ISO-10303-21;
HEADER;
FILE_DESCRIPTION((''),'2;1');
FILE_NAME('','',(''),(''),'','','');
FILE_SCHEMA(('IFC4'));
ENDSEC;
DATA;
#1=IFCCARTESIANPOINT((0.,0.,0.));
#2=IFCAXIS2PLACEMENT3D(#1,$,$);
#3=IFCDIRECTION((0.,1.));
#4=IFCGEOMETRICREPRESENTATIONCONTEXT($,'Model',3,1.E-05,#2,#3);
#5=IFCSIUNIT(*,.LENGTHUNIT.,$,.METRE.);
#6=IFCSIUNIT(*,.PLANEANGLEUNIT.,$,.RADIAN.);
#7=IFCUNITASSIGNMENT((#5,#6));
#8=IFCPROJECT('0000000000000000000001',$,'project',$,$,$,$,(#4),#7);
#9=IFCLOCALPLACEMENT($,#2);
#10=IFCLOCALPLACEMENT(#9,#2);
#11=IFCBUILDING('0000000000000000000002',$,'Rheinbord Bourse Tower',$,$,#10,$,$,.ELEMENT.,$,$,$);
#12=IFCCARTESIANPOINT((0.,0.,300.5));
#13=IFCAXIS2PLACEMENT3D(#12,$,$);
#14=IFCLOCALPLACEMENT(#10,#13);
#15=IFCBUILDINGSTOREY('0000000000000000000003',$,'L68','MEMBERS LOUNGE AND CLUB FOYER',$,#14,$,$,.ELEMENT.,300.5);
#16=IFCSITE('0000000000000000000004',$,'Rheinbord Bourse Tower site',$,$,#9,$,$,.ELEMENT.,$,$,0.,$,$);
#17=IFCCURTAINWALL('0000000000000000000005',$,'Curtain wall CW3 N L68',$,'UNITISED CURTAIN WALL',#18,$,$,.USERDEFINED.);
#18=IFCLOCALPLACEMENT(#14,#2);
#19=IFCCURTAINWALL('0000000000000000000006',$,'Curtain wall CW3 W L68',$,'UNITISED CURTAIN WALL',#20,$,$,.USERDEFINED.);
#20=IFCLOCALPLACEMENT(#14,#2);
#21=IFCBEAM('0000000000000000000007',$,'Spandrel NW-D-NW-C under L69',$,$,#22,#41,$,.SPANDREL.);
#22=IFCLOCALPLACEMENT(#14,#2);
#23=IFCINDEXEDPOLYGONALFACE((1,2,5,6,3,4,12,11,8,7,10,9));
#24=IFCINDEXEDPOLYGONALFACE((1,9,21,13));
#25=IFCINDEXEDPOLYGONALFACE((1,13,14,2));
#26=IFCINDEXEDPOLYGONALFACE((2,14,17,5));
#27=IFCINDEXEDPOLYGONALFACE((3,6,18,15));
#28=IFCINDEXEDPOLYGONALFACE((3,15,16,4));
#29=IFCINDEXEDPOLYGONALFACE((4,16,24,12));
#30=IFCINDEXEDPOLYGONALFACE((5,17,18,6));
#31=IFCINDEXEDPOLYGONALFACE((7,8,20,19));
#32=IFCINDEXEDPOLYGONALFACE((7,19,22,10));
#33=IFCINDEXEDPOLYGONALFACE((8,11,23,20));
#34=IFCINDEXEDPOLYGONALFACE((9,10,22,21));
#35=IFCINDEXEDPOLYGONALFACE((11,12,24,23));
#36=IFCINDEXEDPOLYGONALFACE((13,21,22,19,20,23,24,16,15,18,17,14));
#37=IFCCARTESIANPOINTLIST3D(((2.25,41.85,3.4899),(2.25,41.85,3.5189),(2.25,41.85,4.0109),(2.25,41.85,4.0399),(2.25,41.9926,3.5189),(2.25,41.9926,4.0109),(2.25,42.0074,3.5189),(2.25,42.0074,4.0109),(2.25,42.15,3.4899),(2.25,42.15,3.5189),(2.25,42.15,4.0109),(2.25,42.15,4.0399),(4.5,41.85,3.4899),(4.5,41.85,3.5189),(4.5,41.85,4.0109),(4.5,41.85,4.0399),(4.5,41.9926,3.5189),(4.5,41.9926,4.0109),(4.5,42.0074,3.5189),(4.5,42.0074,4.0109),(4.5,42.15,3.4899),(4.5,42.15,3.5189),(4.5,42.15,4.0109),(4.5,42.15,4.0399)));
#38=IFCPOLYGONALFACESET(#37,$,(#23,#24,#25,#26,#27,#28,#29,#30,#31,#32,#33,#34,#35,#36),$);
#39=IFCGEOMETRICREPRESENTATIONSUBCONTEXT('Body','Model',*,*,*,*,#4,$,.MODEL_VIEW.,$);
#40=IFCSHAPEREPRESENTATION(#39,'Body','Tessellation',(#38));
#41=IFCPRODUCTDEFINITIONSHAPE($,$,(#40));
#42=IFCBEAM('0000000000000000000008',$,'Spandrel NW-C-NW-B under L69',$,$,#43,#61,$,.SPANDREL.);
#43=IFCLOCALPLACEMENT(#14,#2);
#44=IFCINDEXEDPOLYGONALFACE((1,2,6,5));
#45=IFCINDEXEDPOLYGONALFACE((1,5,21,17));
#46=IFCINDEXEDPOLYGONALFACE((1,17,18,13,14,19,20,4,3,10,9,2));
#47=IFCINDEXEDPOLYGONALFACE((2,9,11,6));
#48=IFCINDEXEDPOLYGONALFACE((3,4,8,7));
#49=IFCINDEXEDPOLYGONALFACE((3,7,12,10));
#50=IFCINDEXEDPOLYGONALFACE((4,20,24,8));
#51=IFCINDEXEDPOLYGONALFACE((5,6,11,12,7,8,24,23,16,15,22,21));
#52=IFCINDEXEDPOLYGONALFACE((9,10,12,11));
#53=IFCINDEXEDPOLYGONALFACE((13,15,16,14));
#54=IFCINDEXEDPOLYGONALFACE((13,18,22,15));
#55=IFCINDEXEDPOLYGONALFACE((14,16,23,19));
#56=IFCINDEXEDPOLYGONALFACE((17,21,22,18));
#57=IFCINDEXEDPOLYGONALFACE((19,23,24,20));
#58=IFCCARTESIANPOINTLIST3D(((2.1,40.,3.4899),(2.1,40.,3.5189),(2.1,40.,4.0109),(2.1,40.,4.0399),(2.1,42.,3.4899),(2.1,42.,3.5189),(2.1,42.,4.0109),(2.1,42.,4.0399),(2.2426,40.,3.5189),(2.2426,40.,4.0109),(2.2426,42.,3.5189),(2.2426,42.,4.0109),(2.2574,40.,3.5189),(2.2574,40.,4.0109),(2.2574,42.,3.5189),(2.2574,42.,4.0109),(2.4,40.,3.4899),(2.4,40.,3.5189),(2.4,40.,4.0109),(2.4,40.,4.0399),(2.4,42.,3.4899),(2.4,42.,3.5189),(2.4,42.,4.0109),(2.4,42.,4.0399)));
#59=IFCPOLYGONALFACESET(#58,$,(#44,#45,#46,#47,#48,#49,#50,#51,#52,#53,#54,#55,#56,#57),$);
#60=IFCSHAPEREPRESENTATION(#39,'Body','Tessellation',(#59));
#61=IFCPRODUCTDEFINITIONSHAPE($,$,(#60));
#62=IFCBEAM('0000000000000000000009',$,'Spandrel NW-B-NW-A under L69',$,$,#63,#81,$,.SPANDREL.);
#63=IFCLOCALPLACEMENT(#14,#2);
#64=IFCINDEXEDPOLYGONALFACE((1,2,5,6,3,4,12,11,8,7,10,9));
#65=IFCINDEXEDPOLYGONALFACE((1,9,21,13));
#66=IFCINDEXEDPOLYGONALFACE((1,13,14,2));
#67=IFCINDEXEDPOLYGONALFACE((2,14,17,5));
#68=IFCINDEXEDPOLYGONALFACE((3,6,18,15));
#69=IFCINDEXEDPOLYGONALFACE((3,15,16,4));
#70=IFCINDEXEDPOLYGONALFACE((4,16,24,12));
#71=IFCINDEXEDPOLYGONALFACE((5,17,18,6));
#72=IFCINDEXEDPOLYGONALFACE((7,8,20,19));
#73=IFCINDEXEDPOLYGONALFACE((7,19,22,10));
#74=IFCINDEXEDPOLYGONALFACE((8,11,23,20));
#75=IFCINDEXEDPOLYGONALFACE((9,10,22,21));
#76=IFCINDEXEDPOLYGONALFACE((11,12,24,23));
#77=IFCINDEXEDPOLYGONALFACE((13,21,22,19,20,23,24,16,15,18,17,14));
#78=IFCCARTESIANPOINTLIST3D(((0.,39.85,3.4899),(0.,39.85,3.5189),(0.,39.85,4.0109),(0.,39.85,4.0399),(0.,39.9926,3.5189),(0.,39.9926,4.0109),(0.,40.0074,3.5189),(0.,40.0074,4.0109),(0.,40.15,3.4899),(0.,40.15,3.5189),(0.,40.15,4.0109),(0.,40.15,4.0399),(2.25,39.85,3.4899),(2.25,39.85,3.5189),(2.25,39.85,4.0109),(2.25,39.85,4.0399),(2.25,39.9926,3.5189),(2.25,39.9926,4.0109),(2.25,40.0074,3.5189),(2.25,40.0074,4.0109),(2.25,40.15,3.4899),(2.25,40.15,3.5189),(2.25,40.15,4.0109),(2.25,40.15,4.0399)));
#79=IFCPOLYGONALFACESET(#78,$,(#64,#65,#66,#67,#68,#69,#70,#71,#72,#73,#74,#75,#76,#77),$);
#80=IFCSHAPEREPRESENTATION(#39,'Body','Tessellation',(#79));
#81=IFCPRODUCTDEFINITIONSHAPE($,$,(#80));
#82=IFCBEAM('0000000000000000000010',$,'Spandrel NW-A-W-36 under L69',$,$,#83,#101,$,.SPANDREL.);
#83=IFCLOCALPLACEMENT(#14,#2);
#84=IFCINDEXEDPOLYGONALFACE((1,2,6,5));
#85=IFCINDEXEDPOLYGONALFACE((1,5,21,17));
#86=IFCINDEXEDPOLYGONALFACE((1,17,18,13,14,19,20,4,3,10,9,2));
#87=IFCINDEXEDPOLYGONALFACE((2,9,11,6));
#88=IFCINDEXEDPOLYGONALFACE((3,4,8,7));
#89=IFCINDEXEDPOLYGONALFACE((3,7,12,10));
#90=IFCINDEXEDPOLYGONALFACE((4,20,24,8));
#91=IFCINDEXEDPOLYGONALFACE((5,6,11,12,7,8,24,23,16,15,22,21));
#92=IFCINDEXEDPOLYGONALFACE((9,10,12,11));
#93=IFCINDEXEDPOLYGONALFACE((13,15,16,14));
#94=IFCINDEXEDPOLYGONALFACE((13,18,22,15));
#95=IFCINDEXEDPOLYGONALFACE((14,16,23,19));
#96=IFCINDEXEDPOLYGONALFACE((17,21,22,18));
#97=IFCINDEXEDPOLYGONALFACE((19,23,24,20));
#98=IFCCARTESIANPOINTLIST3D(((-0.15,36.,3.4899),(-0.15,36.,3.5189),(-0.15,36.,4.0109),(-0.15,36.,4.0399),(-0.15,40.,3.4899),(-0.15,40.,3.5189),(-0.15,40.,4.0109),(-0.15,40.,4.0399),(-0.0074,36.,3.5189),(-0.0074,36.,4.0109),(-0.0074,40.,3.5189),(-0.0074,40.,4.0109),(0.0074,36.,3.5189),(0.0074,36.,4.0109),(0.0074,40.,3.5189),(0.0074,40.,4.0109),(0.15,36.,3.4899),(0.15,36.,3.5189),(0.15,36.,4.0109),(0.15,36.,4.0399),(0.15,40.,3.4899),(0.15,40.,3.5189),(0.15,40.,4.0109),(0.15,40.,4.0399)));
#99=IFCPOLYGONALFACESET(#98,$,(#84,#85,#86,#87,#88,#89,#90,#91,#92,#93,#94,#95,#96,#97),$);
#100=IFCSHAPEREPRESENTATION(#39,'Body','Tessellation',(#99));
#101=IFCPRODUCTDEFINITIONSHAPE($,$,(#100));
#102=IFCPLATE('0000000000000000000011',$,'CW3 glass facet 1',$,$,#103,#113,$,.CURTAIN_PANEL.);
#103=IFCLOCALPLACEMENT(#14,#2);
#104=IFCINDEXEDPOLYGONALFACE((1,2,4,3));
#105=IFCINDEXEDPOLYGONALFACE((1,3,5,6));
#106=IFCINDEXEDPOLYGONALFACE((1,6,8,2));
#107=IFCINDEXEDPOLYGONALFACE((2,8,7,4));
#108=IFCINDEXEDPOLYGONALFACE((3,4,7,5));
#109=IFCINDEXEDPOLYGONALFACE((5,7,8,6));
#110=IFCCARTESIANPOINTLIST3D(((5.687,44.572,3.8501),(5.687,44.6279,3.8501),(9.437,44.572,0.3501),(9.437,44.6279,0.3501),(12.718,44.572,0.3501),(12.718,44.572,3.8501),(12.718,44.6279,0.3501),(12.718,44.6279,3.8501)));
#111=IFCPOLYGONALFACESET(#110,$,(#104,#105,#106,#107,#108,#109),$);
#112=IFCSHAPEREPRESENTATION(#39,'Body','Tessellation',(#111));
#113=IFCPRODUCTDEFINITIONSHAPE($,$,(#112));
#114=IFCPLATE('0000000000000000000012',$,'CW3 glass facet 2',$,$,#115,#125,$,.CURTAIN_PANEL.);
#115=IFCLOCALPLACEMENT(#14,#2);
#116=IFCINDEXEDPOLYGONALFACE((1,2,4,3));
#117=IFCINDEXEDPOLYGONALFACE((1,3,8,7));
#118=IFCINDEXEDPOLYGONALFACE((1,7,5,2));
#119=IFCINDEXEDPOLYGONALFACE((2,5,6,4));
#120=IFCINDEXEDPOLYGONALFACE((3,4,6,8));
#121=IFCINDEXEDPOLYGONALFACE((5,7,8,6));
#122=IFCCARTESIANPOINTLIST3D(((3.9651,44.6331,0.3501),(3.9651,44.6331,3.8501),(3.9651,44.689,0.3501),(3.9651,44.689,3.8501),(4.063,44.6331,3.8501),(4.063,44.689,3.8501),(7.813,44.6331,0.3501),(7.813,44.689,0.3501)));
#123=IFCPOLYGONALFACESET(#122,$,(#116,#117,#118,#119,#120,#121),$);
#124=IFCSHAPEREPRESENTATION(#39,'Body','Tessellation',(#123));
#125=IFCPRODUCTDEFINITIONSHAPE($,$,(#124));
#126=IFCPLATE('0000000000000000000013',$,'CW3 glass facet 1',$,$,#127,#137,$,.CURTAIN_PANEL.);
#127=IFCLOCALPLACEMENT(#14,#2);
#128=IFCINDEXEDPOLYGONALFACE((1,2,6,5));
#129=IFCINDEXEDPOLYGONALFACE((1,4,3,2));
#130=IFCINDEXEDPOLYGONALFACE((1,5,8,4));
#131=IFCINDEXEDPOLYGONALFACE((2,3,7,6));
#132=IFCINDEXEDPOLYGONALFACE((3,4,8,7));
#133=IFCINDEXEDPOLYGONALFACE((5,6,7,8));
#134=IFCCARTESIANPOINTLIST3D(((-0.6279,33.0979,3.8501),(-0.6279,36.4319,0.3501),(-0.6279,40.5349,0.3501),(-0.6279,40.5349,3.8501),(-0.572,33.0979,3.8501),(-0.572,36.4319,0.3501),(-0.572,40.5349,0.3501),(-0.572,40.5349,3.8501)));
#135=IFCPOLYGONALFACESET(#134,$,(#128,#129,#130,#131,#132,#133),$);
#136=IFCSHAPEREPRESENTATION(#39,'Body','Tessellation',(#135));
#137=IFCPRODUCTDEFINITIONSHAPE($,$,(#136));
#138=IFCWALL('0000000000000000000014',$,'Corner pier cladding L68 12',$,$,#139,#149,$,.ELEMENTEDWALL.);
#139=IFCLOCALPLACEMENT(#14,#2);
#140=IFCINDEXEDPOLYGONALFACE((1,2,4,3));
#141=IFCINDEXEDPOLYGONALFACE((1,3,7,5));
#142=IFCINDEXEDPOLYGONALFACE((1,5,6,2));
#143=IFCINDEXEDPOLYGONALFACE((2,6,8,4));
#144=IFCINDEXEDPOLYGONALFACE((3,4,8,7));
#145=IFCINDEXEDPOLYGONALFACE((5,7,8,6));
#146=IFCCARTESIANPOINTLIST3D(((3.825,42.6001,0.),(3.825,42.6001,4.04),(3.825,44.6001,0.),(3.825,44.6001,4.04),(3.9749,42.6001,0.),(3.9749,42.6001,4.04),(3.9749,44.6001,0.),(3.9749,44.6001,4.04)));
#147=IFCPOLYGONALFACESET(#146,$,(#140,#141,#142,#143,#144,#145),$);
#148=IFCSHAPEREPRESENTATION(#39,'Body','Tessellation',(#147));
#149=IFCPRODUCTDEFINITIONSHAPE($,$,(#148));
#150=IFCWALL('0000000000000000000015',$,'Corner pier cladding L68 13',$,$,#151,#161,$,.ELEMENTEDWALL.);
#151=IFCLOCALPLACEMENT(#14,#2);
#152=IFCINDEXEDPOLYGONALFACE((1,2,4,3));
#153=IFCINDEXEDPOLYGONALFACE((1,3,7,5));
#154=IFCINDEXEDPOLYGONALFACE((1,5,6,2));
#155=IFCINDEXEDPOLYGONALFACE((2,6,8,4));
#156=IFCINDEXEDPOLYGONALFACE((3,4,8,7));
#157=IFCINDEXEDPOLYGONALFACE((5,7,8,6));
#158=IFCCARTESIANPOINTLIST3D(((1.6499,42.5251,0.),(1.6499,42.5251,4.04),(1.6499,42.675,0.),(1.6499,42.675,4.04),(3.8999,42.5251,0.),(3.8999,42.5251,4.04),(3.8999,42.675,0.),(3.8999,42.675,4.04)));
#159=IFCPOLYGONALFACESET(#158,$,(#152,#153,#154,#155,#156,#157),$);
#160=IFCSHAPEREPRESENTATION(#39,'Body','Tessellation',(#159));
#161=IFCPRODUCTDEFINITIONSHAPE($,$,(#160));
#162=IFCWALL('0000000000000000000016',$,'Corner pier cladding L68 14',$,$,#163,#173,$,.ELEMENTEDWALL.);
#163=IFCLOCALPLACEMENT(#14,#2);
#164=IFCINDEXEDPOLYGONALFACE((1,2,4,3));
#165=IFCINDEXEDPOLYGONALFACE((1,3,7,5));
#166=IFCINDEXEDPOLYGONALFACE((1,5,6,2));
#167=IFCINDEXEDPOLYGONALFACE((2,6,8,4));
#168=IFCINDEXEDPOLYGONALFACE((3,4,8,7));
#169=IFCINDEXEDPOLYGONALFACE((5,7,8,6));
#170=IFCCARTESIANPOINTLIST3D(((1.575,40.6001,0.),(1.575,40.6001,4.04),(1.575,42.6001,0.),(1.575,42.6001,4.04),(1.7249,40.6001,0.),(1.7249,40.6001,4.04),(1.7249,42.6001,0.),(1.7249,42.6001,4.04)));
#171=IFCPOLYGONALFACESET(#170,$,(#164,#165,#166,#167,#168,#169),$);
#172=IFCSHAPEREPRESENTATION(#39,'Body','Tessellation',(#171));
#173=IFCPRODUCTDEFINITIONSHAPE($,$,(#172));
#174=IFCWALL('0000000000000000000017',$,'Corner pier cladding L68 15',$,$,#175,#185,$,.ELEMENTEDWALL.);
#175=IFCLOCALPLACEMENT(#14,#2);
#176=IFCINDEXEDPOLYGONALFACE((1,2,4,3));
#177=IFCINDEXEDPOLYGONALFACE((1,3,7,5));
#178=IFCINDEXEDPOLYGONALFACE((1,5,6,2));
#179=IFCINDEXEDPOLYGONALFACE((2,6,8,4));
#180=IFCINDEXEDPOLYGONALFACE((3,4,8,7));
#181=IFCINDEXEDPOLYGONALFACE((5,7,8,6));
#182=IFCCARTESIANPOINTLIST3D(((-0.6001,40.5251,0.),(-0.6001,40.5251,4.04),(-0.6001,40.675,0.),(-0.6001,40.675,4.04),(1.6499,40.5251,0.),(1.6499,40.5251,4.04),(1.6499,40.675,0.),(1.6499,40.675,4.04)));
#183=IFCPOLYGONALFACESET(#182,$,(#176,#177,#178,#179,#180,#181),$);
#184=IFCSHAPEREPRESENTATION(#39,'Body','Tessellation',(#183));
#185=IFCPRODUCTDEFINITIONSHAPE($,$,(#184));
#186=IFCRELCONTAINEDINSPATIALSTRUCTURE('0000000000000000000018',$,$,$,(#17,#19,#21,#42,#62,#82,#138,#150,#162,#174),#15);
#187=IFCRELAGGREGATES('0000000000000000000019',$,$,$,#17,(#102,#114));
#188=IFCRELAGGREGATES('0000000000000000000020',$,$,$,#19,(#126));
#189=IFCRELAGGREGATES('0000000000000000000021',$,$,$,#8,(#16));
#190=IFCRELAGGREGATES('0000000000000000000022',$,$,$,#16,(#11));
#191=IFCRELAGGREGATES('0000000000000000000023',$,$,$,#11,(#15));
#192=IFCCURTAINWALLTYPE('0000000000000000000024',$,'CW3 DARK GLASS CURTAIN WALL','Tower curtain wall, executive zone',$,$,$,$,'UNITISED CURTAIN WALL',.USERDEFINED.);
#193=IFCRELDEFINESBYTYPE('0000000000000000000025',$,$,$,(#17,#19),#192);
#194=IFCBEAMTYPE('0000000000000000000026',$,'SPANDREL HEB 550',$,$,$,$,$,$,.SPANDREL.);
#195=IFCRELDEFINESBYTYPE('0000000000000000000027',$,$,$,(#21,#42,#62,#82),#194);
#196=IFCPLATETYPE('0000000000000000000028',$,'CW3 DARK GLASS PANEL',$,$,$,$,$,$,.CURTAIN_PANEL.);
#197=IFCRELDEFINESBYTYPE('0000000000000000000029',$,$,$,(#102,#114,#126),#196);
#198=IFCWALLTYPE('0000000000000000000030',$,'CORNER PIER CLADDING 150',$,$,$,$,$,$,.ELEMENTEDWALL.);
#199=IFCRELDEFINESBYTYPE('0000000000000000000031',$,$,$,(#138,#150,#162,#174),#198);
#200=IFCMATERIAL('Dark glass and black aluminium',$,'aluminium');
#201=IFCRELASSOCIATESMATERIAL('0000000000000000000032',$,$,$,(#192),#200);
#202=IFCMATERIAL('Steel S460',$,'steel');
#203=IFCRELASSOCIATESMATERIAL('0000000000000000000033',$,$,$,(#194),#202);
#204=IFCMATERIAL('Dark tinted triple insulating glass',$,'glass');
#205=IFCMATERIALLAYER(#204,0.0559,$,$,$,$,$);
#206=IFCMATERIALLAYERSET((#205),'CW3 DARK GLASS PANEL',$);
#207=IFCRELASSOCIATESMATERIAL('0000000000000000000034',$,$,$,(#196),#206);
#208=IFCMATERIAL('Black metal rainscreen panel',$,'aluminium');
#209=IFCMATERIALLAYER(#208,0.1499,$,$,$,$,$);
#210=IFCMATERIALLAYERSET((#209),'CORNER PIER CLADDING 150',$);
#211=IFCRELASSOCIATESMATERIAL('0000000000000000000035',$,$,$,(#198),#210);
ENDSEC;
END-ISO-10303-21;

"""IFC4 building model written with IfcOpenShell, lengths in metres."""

from ifc_helpers import new_model, si_unit, direction, frame, frame_2d, origin, origin_2d, place, context, subcontext, project, spatial, polyline, rectangle, i_section, outline, extrude, material, layer, layer_set, material_profile, profile_set, type_object, element, aggregate, save


model = new_model("IFC4")

# Units and contexts
model_context = context("Model", 3, precision=1e-05, world=origin(), true_north=direction((0.0, 1.0)))
body_context = subcontext(model_context, "Body", "Model", "MODEL_VIEW")
ifc_project = project(units=[si_unit("LENGTHUNIT", "METRE"), si_unit("PLANEANGLEUNIT", "RADIAN")], contexts=[model_context])

# Site, building, storey
site_placement = place(None, origin())
site = spatial("IfcSite", under=ifc_project, at=site_placement, Name="Rheinbord Bourse Tower site", CompositionType="ELEMENT", RefElevation=0.0)
building_placement = place(site_placement, origin())
building = spatial("IfcBuilding", under=site, at=building_placement, Name="Rheinbord Bourse Tower", CompositionType="ELEMENT")
storey_placement = place(building_placement, frame((0.0, 0.0, 300.5)))
storey = spatial("IfcBuildingStorey", under=building, at=storey_placement, Name="L68", Description="MEMBERS LOUNGE AND CLUB FOYER", CompositionType="ELEMENT", Elevation=300.5)

# Curtain wall
ifc_material_1 = material(Name="Dark glass and black aluminium", Category="aluminium")
curtain_wall_type = type_object("IfcCurtainWallType", Name="CW3 DARK GLASS CURTAIN WALL", Description="Tower curtain wall, executive zone", ElementType="UNITISED CURTAIN WALL", PredefinedType="USERDEFINED", material=ifc_material_1)
curtain_wall_1_placement = place(storey_placement, origin())
curtain_wall_1 = element("IfcCurtainWall", 1, at=curtain_wall_1_placement, inside=storey, type_object=curtain_wall_type, Name="Curtain wall CW3 N L68", ObjectType="UNITISED CURTAIN WALL", PredefinedType="USERDEFINED")

# Curtain wall
curtain_wall_2_placement = place(storey_placement, origin())
curtain_wall_2 = element("IfcCurtainWall", 2, at=curtain_wall_2_placement, inside=storey, type_object=curtain_wall_type, Name="Curtain wall CW3 W L68", ObjectType="UNITISED CURTAIN WALL", PredefinedType="USERDEFINED")

# Beams
ifc_material_2 = material(Name="Steel S460", Category="steel")
ifc_material_profile_1 = material_profile(ifc_material_2, i_section(OverallWidth=0.3, OverallDepth=0.55, WebThickness=0.0149, FlangeThickness=0.0291, at=origin_2d()), Name="HEB 550")
ifc_profile_set_1 = profile_set([ifc_material_profile_1], Name="Steel S460")
beam_type_1 = type_object("IfcBeamType", Name="SPANDREL HEB 550", PredefinedType="SPANDREL", material=ifc_profile_set_1)
beam_1_placement = place(storey_placement, frame((4.5, 42.0, 3.7649), z_axis=(-1.0, 0.0, 0.0), x_axis=(0.0, -1.0, 0.0)))
element("IfcBeam", 3, at=beam_1_placement, inside=storey, type_object=beam_type_1, Name="Spandrel NW-D-NW-C under L69", PredefinedType="SPANDREL", context=body_context, shape_type="SweptSolid", body=[
    extrude(i_section(OverallWidth=0.3, OverallDepth=0.55, WebThickness=0.0149, FlangeThickness=0.0291, at=origin_2d()), origin(), (0.0, 0.0, 1.0), 2.25),
])
beam_2_placement = place(storey_placement, frame((2.25, 42.0, 3.7649), z_axis=(0.0, -1.0, 0.0), x_axis=(1.0, 0.0, 0.0)))
element("IfcBeam", 4, at=beam_2_placement, inside=storey, type_object=beam_type_1, Name="Spandrel NW-C-NW-B under L69", PredefinedType="SPANDREL", context=body_context, shape_type="SweptSolid", body=[
    extrude(i_section(OverallWidth=0.3, OverallDepth=0.55, WebThickness=0.0149, FlangeThickness=0.0291, at=origin_2d()), origin(), (0.0, 0.0, 1.0), 2.0),
])
beam_3_placement = place(storey_placement, frame((2.25, 40.0, 3.7649), z_axis=(-1.0, 0.0, 0.0), x_axis=(0.0, -1.0, 0.0)))
element("IfcBeam", 5, at=beam_3_placement, inside=storey, type_object=beam_type_1, Name="Spandrel NW-B-NW-A under L69", PredefinedType="SPANDREL", context=body_context, shape_type="SweptSolid", body=[
    extrude(i_section(OverallWidth=0.3, OverallDepth=0.55, WebThickness=0.0149, FlangeThickness=0.0291, at=origin_2d()), origin(), (0.0, 0.0, 1.0), 2.25),
])
beam_4_placement = place(storey_placement, frame((0.0, 40.0, 3.7649), z_axis=(0.0, -1.0, 0.0), x_axis=(1.0, 0.0, 0.0)))
element("IfcBeam", 6, at=beam_4_placement, inside=storey, type_object=beam_type_1, Name="Spandrel NW-A-W-36 under L69", PredefinedType="SPANDREL", context=body_context, shape_type="SweptSolid", body=[
    extrude(i_section(OverallWidth=0.3, OverallDepth=0.55, WebThickness=0.0149, FlangeThickness=0.0291, at=origin_2d()), origin(), (0.0, 0.0, 1.0), 4.0),
])

# Plates
ifc_material_3 = material(Name="Dark tinted triple insulating glass", Category="glass")
ifc_layer_1 = layer(ifc_material_3, 0.0559)
ifc_layer_set_1 = layer_set([ifc_layer_1], Name="CW3 DARK GLASS PANEL")
plate_type = type_object("IfcPlateType", Name="CW3 DARK GLASS PANEL", PredefinedType="CURTAIN_PANEL", material=ifc_layer_set_1)
plate_1_placement = place(storey_placement, frame((12.718, 44.6279, 0.3501), z_axis=(0.0, -1.0, 0.0), x_axis=(0.0, 0.0, 1.0)))
plate_1 = element("IfcPlate", 7, at=plate_1_placement, type_object=plate_type, Name="CW3 glass facet 1", PredefinedType="CURTAIN_PANEL", context=body_context, shape_type="SweptSolid", body=[
    extrude(outline(polyline([(0.0, 0.0), (3.5, 0.0), (3.5, 7.031), (0.0, 3.281), (0.0, 0.0)])), origin(), (0.0, 0.0, 1.0), 0.0559),
])
plate_2_placement = place(storey_placement, frame((3.9651, 44.689, 3.8501), z_axis=(0.0, -1.0, 0.0), x_axis=(0.0, 0.0, -1.0)))
plate_2 = element("IfcPlate", 8, at=plate_2_placement, type_object=plate_type, Name="CW3 glass facet 2", PredefinedType="CURTAIN_PANEL", context=body_context, shape_type="SweptSolid", body=[
    extrude(outline(polyline([(0.0, 0.0), (3.5, 0.0), (3.5, 3.8479), (0.0, 0.0979), (0.0, 0.0)])), origin(), (0.0, 0.0, 1.0), 0.0559),
])
aggregate(curtain_wall_1, [plate_1, plate_2])
plate_3_placement = place(storey_placement, frame((-0.6279, 40.5349, 0.3501), z_axis=(1.0, 0.0, 0.0), x_axis=(0.0, 0.0, 1.0)))
plate_3 = element("IfcPlate", 9, at=plate_3_placement, type_object=plate_type, Name="CW3 glass facet 1", PredefinedType="CURTAIN_PANEL", context=body_context, shape_type="SweptSolid", body=[
    extrude(outline(polyline([(0.0, 0.0), (3.5, 0.0), (3.5, 7.437), (0.0, 4.103), (0.0, 0.0)])), origin(), (0.0, 0.0, 1.0), 0.0559),
])
aggregate(curtain_wall_2, [plate_3])

# Walls
ifc_material_4 = material(Name="Black metal rainscreen panel", Category="aluminium")
ifc_layer_2 = layer(ifc_material_4, 0.1499)
ifc_layer_set_2 = layer_set([ifc_layer_2], Name="CORNER PIER CLADDING 150")
wall_type = type_object("IfcWallType", Name="CORNER PIER CLADDING 150", PredefinedType="ELEMENTEDWALL", material=ifc_layer_set_2)
wall_1_placement = place(storey_placement, frame((3.8999, 44.6001, 0.0), z_axis=(0.0, 0.0, 1.0), x_axis=(0.0, -1.0, 0.0)))
element("IfcWall", 10, at=wall_1_placement, inside=storey, type_object=wall_type, Name="Corner pier cladding L68 12", PredefinedType="ELEMENTEDWALL", context=body_context, shape_type="SweptSolid", body=[
    extrude(rectangle(XDim=2.0, YDim=0.1499, at=frame_2d((1.0, 0.0))), origin(), (0.0, 0.0, 1.0), 4.04),
])
wall_2_placement = place(storey_placement, frame((3.8999, 42.6001, 0.0), z_axis=(0.0, 0.0, 1.0), x_axis=(-1.0, 0.0, 0.0)))
element("IfcWall", 11, at=wall_2_placement, inside=storey, type_object=wall_type, Name="Corner pier cladding L68 13", PredefinedType="ELEMENTEDWALL", context=body_context, shape_type="SweptSolid", body=[
    extrude(rectangle(XDim=2.25, YDim=0.1499, at=frame_2d((1.125, 0.0))), origin(), (0.0, 0.0, 1.0), 4.04),
])
wall_3_placement = place(storey_placement, frame((1.6499, 42.6001, 0.0), z_axis=(0.0, 0.0, 1.0), x_axis=(0.0, -1.0, 0.0)))
element("IfcWall", 12, at=wall_3_placement, inside=storey, type_object=wall_type, Name="Corner pier cladding L68 14", PredefinedType="ELEMENTEDWALL", context=body_context, shape_type="SweptSolid", body=[
    extrude(rectangle(XDim=2.0, YDim=0.1499, at=frame_2d((1.0, 0.0))), origin(), (0.0, 0.0, 1.0), 4.04),
])
wall_4_placement = place(storey_placement, frame((1.6499, 40.6001, 0.0), z_axis=(0.0, 0.0, 1.0), x_axis=(-1.0, 0.0, 0.0)))
element("IfcWall", 13, at=wall_4_placement, inside=storey, type_object=wall_type, Name="Corner pier cladding L68 15", PredefinedType="ELEMENTEDWALL", context=body_context, shape_type="SweptSolid", body=[
    extrude(rectangle(XDim=2.25, YDim=0.1499, at=frame_2d((1.125, 0.0))), origin(), (0.0, 0.0, 1.0), 4.04),
])

save(model, "model.ifc")
